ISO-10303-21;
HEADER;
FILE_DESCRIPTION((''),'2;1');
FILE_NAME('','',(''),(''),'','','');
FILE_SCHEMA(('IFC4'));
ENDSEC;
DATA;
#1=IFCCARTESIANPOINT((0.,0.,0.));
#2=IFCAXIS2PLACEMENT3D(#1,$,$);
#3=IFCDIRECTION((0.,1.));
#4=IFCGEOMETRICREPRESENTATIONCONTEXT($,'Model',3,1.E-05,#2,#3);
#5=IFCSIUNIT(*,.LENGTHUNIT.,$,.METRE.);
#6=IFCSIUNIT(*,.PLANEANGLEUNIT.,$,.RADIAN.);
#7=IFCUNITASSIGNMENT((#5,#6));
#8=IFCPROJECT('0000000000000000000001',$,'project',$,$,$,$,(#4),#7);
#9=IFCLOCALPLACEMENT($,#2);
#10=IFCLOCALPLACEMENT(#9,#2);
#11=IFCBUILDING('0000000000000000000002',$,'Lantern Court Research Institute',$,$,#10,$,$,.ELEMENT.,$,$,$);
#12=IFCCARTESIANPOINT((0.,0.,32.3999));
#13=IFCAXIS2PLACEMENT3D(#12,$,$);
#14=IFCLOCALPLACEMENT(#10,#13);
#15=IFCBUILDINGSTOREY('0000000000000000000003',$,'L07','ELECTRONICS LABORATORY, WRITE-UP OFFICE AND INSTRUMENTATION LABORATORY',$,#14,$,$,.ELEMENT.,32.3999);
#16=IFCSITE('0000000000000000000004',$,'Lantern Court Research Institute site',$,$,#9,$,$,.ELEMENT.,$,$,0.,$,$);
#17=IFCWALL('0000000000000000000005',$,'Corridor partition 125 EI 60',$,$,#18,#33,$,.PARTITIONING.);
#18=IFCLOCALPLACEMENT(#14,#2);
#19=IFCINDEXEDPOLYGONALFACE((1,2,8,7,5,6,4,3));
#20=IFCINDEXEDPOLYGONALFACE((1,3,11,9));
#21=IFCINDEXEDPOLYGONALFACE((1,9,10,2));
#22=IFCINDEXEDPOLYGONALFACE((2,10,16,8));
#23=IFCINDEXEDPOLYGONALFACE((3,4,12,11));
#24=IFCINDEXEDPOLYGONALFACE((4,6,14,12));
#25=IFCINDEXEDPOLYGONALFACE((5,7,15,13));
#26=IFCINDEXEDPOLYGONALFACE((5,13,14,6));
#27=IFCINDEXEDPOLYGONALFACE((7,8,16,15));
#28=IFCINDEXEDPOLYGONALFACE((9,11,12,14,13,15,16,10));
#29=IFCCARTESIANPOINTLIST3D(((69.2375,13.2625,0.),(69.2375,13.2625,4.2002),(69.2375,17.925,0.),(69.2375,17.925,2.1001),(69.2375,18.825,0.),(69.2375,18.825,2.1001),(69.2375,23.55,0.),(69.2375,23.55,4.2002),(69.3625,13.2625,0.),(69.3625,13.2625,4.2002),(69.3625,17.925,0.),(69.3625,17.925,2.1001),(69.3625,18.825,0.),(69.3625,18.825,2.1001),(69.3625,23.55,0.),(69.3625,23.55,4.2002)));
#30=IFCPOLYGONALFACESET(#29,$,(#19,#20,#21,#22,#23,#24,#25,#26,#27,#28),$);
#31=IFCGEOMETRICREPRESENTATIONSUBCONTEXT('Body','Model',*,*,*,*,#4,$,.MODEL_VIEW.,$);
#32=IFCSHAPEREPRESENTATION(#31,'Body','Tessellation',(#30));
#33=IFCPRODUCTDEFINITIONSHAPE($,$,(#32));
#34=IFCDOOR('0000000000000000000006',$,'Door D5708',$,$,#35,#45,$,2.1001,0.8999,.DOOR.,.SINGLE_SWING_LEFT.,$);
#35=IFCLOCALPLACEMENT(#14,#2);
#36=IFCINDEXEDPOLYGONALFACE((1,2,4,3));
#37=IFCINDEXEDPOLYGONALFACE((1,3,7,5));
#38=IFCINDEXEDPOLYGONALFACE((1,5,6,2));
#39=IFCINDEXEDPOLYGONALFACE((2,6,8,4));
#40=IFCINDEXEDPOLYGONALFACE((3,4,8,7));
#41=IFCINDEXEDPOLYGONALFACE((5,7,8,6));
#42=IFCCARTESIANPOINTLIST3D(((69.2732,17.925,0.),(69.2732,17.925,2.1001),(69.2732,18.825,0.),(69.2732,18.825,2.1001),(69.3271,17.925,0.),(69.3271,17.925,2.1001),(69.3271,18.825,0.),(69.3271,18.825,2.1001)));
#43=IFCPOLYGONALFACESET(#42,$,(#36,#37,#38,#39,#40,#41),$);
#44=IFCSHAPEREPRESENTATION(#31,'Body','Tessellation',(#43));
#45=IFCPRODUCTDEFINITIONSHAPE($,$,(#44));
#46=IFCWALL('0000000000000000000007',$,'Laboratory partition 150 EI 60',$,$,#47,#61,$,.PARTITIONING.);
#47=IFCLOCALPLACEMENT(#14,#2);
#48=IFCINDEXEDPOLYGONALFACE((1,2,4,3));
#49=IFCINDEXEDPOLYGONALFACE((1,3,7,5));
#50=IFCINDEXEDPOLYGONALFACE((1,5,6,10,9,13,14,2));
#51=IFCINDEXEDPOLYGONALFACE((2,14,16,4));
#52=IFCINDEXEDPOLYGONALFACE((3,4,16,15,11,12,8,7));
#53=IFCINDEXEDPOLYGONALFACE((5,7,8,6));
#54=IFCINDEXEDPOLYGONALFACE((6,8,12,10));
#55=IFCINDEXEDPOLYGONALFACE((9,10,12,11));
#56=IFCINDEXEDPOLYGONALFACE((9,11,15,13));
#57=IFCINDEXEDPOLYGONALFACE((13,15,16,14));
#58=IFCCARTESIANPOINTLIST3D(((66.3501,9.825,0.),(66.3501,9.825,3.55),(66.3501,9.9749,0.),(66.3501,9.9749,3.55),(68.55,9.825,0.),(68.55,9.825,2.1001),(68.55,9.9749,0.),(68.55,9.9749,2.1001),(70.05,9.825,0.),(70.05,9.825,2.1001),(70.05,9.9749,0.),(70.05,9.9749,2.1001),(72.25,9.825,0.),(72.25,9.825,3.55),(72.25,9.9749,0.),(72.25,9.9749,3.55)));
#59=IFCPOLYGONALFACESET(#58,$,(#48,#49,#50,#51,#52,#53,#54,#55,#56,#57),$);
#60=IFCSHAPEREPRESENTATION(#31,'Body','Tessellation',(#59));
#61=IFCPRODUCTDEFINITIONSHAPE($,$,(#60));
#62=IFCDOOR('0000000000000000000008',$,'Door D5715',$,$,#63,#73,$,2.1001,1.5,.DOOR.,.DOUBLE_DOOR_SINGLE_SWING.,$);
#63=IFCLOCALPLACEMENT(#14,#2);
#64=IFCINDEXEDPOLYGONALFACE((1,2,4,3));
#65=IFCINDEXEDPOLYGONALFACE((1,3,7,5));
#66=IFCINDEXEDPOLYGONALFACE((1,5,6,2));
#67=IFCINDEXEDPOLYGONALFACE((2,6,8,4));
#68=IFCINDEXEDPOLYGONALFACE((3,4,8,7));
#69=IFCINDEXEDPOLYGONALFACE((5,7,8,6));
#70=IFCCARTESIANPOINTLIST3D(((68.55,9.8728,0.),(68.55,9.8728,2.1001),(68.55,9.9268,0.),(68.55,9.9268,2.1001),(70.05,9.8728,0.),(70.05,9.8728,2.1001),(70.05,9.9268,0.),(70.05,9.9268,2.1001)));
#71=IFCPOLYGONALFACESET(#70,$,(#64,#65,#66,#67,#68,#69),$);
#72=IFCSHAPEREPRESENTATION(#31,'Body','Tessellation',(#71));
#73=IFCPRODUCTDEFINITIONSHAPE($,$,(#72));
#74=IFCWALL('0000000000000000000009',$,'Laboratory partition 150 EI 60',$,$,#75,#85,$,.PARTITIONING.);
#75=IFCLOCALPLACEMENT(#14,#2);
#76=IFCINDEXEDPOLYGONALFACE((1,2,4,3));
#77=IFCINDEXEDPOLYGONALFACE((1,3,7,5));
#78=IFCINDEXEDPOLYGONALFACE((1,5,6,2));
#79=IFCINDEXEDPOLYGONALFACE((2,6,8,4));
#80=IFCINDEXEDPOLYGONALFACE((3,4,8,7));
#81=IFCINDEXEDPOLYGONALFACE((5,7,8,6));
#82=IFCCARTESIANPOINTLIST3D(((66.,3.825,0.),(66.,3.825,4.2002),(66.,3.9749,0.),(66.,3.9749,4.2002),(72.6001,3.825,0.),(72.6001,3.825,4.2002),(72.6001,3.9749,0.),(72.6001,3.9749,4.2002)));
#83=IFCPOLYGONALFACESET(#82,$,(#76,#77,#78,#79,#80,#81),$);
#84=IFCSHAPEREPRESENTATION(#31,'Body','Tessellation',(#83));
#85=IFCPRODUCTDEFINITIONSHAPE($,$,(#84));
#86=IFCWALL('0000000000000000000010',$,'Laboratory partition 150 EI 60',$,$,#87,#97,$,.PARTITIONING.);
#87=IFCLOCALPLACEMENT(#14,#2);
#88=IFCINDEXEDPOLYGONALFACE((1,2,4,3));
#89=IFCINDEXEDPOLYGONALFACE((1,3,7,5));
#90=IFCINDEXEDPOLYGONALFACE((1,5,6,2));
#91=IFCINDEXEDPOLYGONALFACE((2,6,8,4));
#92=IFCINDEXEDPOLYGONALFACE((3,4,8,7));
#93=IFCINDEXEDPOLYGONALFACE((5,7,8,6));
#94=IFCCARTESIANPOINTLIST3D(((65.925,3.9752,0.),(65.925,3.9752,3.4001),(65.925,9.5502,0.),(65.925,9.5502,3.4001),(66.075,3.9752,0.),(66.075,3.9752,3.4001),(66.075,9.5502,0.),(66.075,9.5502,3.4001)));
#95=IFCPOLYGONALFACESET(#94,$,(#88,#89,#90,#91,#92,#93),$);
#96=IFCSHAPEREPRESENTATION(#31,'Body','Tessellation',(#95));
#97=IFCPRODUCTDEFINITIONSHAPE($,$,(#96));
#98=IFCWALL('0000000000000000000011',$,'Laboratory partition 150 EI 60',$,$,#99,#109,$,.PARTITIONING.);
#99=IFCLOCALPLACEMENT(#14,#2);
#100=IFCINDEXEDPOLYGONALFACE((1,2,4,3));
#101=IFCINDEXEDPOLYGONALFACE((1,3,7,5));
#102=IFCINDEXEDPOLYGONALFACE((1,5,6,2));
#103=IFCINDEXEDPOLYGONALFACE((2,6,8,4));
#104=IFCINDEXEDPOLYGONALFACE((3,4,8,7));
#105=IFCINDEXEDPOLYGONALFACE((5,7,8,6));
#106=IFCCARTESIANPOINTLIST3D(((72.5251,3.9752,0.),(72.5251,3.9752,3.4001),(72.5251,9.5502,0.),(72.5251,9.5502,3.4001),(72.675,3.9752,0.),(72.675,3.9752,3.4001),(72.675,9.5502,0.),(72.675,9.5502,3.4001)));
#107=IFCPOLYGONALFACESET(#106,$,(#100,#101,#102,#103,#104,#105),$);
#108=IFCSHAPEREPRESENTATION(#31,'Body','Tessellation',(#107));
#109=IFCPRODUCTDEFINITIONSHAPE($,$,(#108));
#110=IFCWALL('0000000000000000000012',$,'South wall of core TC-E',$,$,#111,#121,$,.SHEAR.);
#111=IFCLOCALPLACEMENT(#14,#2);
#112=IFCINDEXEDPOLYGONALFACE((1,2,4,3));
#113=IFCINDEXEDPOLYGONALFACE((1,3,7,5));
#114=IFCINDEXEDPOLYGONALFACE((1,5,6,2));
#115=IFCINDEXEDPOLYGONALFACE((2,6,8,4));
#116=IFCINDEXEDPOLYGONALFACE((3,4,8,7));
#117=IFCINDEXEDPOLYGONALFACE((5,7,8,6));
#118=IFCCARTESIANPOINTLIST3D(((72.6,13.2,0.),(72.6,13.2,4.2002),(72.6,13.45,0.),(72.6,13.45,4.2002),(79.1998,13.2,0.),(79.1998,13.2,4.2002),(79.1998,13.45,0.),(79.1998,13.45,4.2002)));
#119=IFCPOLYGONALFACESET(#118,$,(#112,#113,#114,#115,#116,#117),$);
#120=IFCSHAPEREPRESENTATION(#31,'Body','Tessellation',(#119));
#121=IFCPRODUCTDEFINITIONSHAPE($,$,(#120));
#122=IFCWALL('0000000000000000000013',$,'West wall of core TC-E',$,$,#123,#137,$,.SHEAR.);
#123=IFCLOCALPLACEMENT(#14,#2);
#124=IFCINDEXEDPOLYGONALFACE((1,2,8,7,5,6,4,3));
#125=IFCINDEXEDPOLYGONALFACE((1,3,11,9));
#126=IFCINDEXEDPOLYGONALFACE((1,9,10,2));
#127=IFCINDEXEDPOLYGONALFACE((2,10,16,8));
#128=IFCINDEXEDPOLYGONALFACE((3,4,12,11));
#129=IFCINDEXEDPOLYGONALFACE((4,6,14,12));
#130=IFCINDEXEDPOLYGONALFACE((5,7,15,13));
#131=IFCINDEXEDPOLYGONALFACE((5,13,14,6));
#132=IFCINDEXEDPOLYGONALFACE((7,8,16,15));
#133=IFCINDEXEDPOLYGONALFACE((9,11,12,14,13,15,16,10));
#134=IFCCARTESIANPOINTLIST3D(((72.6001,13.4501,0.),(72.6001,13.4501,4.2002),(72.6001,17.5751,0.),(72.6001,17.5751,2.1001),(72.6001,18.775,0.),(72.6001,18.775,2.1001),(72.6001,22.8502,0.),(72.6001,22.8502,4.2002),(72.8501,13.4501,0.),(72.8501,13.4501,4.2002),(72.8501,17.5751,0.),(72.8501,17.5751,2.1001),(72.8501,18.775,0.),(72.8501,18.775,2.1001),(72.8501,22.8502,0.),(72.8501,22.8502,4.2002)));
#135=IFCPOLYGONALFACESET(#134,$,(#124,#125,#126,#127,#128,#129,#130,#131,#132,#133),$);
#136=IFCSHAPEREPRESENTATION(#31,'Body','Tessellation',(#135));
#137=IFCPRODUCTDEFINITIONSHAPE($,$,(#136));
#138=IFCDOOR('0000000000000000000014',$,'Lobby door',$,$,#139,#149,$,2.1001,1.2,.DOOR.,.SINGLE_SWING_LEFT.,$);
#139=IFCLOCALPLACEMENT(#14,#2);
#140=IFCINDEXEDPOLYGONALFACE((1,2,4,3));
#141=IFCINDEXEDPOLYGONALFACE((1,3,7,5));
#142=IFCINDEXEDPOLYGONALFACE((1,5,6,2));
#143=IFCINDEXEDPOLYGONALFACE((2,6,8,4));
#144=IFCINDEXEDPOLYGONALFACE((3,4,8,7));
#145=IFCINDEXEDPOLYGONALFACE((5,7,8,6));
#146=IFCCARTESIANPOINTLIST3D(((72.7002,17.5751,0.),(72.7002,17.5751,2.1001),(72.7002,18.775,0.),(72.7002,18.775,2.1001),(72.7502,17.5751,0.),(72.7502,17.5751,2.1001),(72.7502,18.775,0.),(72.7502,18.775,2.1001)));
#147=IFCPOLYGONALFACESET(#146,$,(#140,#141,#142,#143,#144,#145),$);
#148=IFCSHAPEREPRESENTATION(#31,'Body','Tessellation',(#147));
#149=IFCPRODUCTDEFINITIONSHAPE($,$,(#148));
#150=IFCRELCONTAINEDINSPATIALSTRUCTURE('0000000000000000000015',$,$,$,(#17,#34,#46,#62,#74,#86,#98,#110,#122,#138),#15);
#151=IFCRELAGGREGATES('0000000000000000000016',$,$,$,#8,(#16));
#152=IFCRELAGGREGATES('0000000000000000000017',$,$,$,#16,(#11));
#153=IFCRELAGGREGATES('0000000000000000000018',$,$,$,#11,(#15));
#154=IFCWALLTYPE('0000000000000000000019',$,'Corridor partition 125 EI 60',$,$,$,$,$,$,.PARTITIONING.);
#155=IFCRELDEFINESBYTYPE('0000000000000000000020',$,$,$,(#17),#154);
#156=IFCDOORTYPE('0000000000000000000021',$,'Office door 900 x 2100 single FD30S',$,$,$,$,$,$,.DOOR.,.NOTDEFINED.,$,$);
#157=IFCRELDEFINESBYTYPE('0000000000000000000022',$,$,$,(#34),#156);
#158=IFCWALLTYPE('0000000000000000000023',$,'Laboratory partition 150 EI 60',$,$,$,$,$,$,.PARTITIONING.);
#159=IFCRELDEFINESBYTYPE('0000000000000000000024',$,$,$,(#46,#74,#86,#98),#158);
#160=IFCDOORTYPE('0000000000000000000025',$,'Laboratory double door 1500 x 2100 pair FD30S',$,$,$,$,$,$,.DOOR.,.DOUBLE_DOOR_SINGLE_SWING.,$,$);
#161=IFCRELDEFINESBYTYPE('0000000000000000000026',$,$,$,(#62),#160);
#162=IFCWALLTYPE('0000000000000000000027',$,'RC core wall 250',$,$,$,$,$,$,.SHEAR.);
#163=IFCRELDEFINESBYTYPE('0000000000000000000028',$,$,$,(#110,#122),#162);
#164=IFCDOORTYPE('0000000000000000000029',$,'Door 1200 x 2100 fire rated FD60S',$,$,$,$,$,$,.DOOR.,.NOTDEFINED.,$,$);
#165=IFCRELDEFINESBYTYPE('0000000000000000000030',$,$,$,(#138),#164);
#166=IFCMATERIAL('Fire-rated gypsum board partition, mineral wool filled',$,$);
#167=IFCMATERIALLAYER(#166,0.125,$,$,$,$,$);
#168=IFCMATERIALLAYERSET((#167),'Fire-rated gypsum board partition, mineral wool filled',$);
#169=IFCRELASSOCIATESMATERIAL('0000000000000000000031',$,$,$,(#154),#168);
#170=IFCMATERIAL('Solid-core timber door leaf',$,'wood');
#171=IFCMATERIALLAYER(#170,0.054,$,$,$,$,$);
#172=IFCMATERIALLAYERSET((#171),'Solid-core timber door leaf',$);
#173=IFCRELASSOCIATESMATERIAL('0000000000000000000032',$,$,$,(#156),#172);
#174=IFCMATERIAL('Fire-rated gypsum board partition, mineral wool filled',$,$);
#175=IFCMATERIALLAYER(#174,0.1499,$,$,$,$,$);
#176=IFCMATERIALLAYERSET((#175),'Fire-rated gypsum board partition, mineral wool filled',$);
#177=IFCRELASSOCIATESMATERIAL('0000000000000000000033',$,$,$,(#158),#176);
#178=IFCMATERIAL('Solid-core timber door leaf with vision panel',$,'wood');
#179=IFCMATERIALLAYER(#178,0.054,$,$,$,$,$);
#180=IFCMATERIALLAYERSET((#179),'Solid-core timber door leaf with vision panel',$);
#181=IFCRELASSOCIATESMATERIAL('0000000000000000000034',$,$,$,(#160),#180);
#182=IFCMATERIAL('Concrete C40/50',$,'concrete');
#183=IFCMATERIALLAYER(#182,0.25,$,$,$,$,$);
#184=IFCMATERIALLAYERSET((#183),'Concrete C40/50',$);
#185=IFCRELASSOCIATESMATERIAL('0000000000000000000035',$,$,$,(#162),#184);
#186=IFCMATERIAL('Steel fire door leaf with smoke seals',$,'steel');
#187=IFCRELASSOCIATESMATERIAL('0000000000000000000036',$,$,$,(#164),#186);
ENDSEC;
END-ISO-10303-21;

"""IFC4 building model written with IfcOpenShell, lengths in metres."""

from ifc_helpers import new_model, si_unit, direction, frame, frame_2d, origin, place, context, subcontext, project, spatial, rectangle, extrude, material, layer, layer_set, type_object, element, fill, save


model = new_model("IFC4")

# Units and contexts
model_context = context("Model", 3, precision=1e-05, world=origin(), true_north=direction((0.0, 1.0)))
body_context = subcontext(model_context, "Body", "Model", "MODEL_VIEW")
ifc_project = project(units=[si_unit("LENGTHUNIT", "METRE"), si_unit("PLANEANGLEUNIT", "RADIAN")], contexts=[model_context])

# Site, building, storey
site_placement = place(None, origin())
site = spatial("IfcSite", under=ifc_project, at=site_placement, Name="Lantern Court Research Institute site", CompositionType="ELEMENT", RefElevation=0.0)
building_placement = place(site_placement, origin())
building = spatial("IfcBuilding", under=site, at=building_placement, Name="Lantern Court Research Institute", CompositionType="ELEMENT")
storey_placement = place(building_placement, frame((0.0, 0.0, 32.3999)))
storey = spatial("IfcBuildingStorey", under=building, at=storey_placement, Name="L07", Description="ELECTRONICS LABORATORY, WRITE-UP OFFICE AND INSTRUMENTATION LABORATORY", CompositionType="ELEMENT", Elevation=32.3999)

# Shared definitions
ifc_material_1 = material(Name="Fire-rated gypsum board partition, mineral wool filled")
ifc_layer_1 = layer(ifc_material_1, 0.125)
ifc_layer_set_1 = layer_set([ifc_layer_1], Name="Fire-rated gypsum board partition, mineral wool filled")
wall_type_1 = type_object("IfcWallType", Name="Corridor partition 125 EI 60", PredefinedType="PARTITIONING", material=ifc_layer_set_1)

# Walls, openings, doors
wall_1_placement = place(storey_placement, frame((69.3, 13.2625, 0.0), z_axis=(0.0, 0.0, 1.0), x_axis=(0.0, 1.0, 0.0)))
wall_1 = element("IfcWall", 1, at=wall_1_placement, inside=storey, type_object=wall_type_1, Name="Corridor partition 125 EI 60", PredefinedType="PARTITIONING", context=body_context, shape_type="SweptSolid", body=[
    extrude(rectangle(XDim=10.2876, YDim=0.125, at=frame_2d((5.1438, 0.0))), origin(), (0.0, 0.0, 1.0), 4.2002),
])
opening_1_placement = place(wall_1_placement, frame((4.6626, 0.0, 0.0)))
opening_1 = element("IfcOpeningElement", 2, at=opening_1_placement, cuts=wall_1, PredefinedType="OPENING", context=body_context, shape_type="SweptSolid", body=[
    extrude(rectangle(XDim=0.8999, YDim=2.1001, at=frame_2d((0.45, 1.05))), frame((0.0, 0.0725, 0.0), z_axis=(0.0, -1.0, 0.0), x_axis=(1.0, 0.0, 0.0)), (0.0, 0.0, 1.0), 0.145),
])
ifc_material_2 = material(Name="Solid-core timber door leaf", Category="wood")
ifc_layer_2 = layer(ifc_material_2, 0.054)
ifc_layer_set_2 = layer_set([ifc_layer_2], Name="Solid-core timber door leaf")
door_type_1 = type_object("IfcDoorType", Name="Office door 900 x 2100 single FD30S", OperationType="NOTDEFINED", PredefinedType="DOOR", material=ifc_layer_set_2)
door_1_placement = place(opening_1_placement, origin())
door_1 = element("IfcDoor", 3, at=door_1_placement, inside=storey, type_object=door_type_1, Name="Door D5708", OperationType="SINGLE_SWING_LEFT", OverallHeight=2.1001, OverallWidth=0.8999, PredefinedType="DOOR", context=body_context, shape_type="SweptSolid", body=[
    extrude(rectangle(XDim=0.8999, YDim=2.1001, at=frame_2d((0.45, 1.05))), frame((0.0, 0.0269, 0.0), z_axis=(0.0, -1.0, 0.0), x_axis=(1.0, 0.0, 0.0)), (0.0, 0.0, 1.0), 0.054),
])
fill(opening_1, door_1)
ifc_material_3 = material(Name="Fire-rated gypsum board partition, mineral wool filled")
ifc_layer_3 = layer(ifc_material_3, 0.1499)
ifc_layer_set_3 = layer_set([ifc_layer_3], Name="Fire-rated gypsum board partition, mineral wool filled")
wall_type_2 = type_object("IfcWallType", Name="Laboratory partition 150 EI 60", PredefinedType="PARTITIONING", material=ifc_layer_set_3)
wall_2_placement = place(storey_placement, frame((66.3501, 9.8999, 0.0), z_axis=(0.0, 0.0, 1.0), x_axis=(1.0, 0.0, 0.0)))
wall_2 = element("IfcWall", 4, at=wall_2_placement, inside=storey, type_object=wall_type_2, Name="Laboratory partition 150 EI 60", PredefinedType="PARTITIONING", context=body_context, shape_type="SweptSolid", body=[
    extrude(rectangle(XDim=5.8999, YDim=0.1499, at=frame_2d((2.95, 0.0))), origin(), (0.0, 0.0, 1.0), 3.55),
])
opening_2_placement = place(wall_2_placement, frame((2.2, 0.0, 0.0)))
opening_2 = element("IfcOpeningElement", 5, at=opening_2_placement, cuts=wall_2, PredefinedType="OPENING", context=body_context, shape_type="SweptSolid", body=[
    extrude(rectangle(XDim=1.5, YDim=2.1001, at=frame_2d((0.75, 1.05))), frame((0.0, 0.085, 0.0), z_axis=(0.0, -1.0, 0.0), x_axis=(1.0, 0.0, 0.0)), (0.0, 0.0, 1.0), 0.1699),
])
ifc_material_4 = material(Name="Solid-core timber door leaf with vision panel", Category="wood")
ifc_layer_4 = layer(ifc_material_4, 0.054)
ifc_layer_set_4 = layer_set([ifc_layer_4], Name="Solid-core timber door leaf with vision panel")
door_type_2 = type_object("IfcDoorType", Name="Laboratory double door 1500 x 2100 pair FD30S", OperationType="DOUBLE_DOOR_SINGLE_SWING", PredefinedType="DOOR", material=ifc_layer_set_4)
door_2_placement = place(opening_2_placement, origin())
door_2 = element("IfcDoor", 6, at=door_2_placement, inside=storey, type_object=door_type_2, Name="Door D5715", OperationType="DOUBLE_DOOR_SINGLE_SWING", OverallHeight=2.1001, OverallWidth=1.5, PredefinedType="DOOR", context=body_context, shape_type="SweptSolid", body=[
    extrude(rectangle(XDim=1.5, YDim=2.1001, at=frame_2d((0.75, 1.05))), frame((0.0, 0.0269, 0.0), z_axis=(0.0, -1.0, 0.0), x_axis=(1.0, 0.0, 0.0)), (0.0, 0.0, 1.0), 0.054),
])
fill(opening_2, door_2)

# Walls
wall_3_placement = place(storey_placement, frame((72.6001, 3.8999, 0.0), z_axis=(0.0, 0.0, 1.0), x_axis=(-1.0, 0.0, 0.0)))
element("IfcWall", 7, at=wall_3_placement, inside=storey, type_object=wall_type_2, Name="Laboratory partition 150 EI 60", PredefinedType="PARTITIONING", context=body_context, shape_type="SweptSolid", body=[
    extrude(rectangle(XDim=6.6001, YDim=0.1499, at=frame_2d((3.3, 0.0))), origin(), (0.0, 0.0, 1.0), 4.2002),
])
for number, where, z_axis, x_axis, name in (
    (8, (66.0, 3.9751, 0.0), (0.0, 0.0, 1.0), (0.0, 1.0, 0.0), "Laboratory partition 150 EI 60"),
    (9, (72.6001, 3.9751, 0.0), (0.0, 0.0, 1.0), (0.0, 1.0, 0.0), "Laboratory partition 150 EI 60"),
):
    element("IfcWall", number, at=place(storey_placement, frame(where, z_axis=z_axis, x_axis=x_axis)), inside=storey, type_object=wall_type_2, Name=name, PredefinedType="PARTITIONING", context=body_context, shape_type="SweptSolid", body=[
        extrude(rectangle(XDim=5.575, YDim=0.1499, at=frame_2d((2.7876, 0.0))), origin(), (0.0, 0.0, 1.0), 3.4001),
    ])
ifc_material_5 = material(Name="Concrete C40/50", Category="concrete")
ifc_layer_5 = layer(ifc_material_5, 0.25)
ifc_layer_set_5 = layer_set([ifc_layer_5], Name="Concrete C40/50")
wall_type_3 = type_object("IfcWallType", Name="RC core wall 250", PredefinedType="SHEAR", material=ifc_layer_set_5)
wall_4_placement = place(storey_placement, frame((72.6001, 13.325, 0.0), z_axis=(0.0, 0.0, 1.0), x_axis=(1.0, 0.0, 0.0)))
element("IfcWall", 10, at=wall_4_placement, inside=storey, type_object=wall_type_3, Name="South wall of core TC-E", PredefinedType="SHEAR", context=body_context, shape_type="SweptSolid", body=[
    extrude(rectangle(XDim=6.5999, YDim=0.25, at=frame_2d((3.2998, 0.0))), origin(), (0.0, 0.0, 1.0), 4.2002),
])

# Wall, opening, door
wall_5_placement = place(storey_placement, frame((72.7251, 13.45, 0.0), z_axis=(0.0, 0.0, 1.0), x_axis=(0.0, 1.0, 0.0)))
wall_5 = element("IfcWall", 11, at=wall_5_placement, inside=storey, type_object=wall_type_3, Name="West wall of core TC-E", PredefinedType="SHEAR", context=body_context, shape_type="SweptSolid", body=[
    extrude(rectangle(XDim=9.4001, YDim=0.25, at=frame_2d((4.7002, 0.0))), origin(), (0.0, 0.0, 1.0), 4.2002),
])
opening_3_placement = place(wall_5_placement, frame((4.125, 0.0, 0.0)))
opening_3 = element("IfcOpeningElement", 12, at=opening_3_placement, cuts=wall_5, PredefinedType="OPENING", context=body_context, shape_type="SweptSolid", body=[
    extrude(rectangle(XDim=1.2, YDim=2.1001, at=frame_2d((0.6001, 1.05))), frame((0.0, 0.135, 0.0), z_axis=(0.0, -1.0, 0.0), x_axis=(1.0, 0.0, 0.0)), (0.0, 0.0, 1.0), 0.27),
])
ifc_material_6 = material(Name="Steel fire door leaf with smoke seals", Category="steel")
door_type_3 = type_object("IfcDoorType", Name="Door 1200 x 2100 fire rated FD60S", OperationType="NOTDEFINED", PredefinedType="DOOR", material=ifc_material_6)
door_3_placement = place(opening_3_placement, origin())
door_3 = element("IfcDoor", 13, at=door_3_placement, inside=storey, type_object=door_type_3, Name="Lobby door", OperationType="SINGLE_SWING_LEFT", OverallHeight=2.1001, OverallWidth=1.2, PredefinedType="DOOR", context=body_context, shape_type="SweptSolid", body=[
    extrude(rectangle(XDim=1.2, YDim=2.1001, at=frame_2d((0.6001, 1.05))), frame((0.0, 0.0249, 0.0), z_axis=(0.0, -1.0, 0.0), x_axis=(1.0, 0.0, 0.0)), (0.0, 0.0, 1.0), 0.05),
])
fill(opening_3, door_3)

save(model, "model.ifc")
